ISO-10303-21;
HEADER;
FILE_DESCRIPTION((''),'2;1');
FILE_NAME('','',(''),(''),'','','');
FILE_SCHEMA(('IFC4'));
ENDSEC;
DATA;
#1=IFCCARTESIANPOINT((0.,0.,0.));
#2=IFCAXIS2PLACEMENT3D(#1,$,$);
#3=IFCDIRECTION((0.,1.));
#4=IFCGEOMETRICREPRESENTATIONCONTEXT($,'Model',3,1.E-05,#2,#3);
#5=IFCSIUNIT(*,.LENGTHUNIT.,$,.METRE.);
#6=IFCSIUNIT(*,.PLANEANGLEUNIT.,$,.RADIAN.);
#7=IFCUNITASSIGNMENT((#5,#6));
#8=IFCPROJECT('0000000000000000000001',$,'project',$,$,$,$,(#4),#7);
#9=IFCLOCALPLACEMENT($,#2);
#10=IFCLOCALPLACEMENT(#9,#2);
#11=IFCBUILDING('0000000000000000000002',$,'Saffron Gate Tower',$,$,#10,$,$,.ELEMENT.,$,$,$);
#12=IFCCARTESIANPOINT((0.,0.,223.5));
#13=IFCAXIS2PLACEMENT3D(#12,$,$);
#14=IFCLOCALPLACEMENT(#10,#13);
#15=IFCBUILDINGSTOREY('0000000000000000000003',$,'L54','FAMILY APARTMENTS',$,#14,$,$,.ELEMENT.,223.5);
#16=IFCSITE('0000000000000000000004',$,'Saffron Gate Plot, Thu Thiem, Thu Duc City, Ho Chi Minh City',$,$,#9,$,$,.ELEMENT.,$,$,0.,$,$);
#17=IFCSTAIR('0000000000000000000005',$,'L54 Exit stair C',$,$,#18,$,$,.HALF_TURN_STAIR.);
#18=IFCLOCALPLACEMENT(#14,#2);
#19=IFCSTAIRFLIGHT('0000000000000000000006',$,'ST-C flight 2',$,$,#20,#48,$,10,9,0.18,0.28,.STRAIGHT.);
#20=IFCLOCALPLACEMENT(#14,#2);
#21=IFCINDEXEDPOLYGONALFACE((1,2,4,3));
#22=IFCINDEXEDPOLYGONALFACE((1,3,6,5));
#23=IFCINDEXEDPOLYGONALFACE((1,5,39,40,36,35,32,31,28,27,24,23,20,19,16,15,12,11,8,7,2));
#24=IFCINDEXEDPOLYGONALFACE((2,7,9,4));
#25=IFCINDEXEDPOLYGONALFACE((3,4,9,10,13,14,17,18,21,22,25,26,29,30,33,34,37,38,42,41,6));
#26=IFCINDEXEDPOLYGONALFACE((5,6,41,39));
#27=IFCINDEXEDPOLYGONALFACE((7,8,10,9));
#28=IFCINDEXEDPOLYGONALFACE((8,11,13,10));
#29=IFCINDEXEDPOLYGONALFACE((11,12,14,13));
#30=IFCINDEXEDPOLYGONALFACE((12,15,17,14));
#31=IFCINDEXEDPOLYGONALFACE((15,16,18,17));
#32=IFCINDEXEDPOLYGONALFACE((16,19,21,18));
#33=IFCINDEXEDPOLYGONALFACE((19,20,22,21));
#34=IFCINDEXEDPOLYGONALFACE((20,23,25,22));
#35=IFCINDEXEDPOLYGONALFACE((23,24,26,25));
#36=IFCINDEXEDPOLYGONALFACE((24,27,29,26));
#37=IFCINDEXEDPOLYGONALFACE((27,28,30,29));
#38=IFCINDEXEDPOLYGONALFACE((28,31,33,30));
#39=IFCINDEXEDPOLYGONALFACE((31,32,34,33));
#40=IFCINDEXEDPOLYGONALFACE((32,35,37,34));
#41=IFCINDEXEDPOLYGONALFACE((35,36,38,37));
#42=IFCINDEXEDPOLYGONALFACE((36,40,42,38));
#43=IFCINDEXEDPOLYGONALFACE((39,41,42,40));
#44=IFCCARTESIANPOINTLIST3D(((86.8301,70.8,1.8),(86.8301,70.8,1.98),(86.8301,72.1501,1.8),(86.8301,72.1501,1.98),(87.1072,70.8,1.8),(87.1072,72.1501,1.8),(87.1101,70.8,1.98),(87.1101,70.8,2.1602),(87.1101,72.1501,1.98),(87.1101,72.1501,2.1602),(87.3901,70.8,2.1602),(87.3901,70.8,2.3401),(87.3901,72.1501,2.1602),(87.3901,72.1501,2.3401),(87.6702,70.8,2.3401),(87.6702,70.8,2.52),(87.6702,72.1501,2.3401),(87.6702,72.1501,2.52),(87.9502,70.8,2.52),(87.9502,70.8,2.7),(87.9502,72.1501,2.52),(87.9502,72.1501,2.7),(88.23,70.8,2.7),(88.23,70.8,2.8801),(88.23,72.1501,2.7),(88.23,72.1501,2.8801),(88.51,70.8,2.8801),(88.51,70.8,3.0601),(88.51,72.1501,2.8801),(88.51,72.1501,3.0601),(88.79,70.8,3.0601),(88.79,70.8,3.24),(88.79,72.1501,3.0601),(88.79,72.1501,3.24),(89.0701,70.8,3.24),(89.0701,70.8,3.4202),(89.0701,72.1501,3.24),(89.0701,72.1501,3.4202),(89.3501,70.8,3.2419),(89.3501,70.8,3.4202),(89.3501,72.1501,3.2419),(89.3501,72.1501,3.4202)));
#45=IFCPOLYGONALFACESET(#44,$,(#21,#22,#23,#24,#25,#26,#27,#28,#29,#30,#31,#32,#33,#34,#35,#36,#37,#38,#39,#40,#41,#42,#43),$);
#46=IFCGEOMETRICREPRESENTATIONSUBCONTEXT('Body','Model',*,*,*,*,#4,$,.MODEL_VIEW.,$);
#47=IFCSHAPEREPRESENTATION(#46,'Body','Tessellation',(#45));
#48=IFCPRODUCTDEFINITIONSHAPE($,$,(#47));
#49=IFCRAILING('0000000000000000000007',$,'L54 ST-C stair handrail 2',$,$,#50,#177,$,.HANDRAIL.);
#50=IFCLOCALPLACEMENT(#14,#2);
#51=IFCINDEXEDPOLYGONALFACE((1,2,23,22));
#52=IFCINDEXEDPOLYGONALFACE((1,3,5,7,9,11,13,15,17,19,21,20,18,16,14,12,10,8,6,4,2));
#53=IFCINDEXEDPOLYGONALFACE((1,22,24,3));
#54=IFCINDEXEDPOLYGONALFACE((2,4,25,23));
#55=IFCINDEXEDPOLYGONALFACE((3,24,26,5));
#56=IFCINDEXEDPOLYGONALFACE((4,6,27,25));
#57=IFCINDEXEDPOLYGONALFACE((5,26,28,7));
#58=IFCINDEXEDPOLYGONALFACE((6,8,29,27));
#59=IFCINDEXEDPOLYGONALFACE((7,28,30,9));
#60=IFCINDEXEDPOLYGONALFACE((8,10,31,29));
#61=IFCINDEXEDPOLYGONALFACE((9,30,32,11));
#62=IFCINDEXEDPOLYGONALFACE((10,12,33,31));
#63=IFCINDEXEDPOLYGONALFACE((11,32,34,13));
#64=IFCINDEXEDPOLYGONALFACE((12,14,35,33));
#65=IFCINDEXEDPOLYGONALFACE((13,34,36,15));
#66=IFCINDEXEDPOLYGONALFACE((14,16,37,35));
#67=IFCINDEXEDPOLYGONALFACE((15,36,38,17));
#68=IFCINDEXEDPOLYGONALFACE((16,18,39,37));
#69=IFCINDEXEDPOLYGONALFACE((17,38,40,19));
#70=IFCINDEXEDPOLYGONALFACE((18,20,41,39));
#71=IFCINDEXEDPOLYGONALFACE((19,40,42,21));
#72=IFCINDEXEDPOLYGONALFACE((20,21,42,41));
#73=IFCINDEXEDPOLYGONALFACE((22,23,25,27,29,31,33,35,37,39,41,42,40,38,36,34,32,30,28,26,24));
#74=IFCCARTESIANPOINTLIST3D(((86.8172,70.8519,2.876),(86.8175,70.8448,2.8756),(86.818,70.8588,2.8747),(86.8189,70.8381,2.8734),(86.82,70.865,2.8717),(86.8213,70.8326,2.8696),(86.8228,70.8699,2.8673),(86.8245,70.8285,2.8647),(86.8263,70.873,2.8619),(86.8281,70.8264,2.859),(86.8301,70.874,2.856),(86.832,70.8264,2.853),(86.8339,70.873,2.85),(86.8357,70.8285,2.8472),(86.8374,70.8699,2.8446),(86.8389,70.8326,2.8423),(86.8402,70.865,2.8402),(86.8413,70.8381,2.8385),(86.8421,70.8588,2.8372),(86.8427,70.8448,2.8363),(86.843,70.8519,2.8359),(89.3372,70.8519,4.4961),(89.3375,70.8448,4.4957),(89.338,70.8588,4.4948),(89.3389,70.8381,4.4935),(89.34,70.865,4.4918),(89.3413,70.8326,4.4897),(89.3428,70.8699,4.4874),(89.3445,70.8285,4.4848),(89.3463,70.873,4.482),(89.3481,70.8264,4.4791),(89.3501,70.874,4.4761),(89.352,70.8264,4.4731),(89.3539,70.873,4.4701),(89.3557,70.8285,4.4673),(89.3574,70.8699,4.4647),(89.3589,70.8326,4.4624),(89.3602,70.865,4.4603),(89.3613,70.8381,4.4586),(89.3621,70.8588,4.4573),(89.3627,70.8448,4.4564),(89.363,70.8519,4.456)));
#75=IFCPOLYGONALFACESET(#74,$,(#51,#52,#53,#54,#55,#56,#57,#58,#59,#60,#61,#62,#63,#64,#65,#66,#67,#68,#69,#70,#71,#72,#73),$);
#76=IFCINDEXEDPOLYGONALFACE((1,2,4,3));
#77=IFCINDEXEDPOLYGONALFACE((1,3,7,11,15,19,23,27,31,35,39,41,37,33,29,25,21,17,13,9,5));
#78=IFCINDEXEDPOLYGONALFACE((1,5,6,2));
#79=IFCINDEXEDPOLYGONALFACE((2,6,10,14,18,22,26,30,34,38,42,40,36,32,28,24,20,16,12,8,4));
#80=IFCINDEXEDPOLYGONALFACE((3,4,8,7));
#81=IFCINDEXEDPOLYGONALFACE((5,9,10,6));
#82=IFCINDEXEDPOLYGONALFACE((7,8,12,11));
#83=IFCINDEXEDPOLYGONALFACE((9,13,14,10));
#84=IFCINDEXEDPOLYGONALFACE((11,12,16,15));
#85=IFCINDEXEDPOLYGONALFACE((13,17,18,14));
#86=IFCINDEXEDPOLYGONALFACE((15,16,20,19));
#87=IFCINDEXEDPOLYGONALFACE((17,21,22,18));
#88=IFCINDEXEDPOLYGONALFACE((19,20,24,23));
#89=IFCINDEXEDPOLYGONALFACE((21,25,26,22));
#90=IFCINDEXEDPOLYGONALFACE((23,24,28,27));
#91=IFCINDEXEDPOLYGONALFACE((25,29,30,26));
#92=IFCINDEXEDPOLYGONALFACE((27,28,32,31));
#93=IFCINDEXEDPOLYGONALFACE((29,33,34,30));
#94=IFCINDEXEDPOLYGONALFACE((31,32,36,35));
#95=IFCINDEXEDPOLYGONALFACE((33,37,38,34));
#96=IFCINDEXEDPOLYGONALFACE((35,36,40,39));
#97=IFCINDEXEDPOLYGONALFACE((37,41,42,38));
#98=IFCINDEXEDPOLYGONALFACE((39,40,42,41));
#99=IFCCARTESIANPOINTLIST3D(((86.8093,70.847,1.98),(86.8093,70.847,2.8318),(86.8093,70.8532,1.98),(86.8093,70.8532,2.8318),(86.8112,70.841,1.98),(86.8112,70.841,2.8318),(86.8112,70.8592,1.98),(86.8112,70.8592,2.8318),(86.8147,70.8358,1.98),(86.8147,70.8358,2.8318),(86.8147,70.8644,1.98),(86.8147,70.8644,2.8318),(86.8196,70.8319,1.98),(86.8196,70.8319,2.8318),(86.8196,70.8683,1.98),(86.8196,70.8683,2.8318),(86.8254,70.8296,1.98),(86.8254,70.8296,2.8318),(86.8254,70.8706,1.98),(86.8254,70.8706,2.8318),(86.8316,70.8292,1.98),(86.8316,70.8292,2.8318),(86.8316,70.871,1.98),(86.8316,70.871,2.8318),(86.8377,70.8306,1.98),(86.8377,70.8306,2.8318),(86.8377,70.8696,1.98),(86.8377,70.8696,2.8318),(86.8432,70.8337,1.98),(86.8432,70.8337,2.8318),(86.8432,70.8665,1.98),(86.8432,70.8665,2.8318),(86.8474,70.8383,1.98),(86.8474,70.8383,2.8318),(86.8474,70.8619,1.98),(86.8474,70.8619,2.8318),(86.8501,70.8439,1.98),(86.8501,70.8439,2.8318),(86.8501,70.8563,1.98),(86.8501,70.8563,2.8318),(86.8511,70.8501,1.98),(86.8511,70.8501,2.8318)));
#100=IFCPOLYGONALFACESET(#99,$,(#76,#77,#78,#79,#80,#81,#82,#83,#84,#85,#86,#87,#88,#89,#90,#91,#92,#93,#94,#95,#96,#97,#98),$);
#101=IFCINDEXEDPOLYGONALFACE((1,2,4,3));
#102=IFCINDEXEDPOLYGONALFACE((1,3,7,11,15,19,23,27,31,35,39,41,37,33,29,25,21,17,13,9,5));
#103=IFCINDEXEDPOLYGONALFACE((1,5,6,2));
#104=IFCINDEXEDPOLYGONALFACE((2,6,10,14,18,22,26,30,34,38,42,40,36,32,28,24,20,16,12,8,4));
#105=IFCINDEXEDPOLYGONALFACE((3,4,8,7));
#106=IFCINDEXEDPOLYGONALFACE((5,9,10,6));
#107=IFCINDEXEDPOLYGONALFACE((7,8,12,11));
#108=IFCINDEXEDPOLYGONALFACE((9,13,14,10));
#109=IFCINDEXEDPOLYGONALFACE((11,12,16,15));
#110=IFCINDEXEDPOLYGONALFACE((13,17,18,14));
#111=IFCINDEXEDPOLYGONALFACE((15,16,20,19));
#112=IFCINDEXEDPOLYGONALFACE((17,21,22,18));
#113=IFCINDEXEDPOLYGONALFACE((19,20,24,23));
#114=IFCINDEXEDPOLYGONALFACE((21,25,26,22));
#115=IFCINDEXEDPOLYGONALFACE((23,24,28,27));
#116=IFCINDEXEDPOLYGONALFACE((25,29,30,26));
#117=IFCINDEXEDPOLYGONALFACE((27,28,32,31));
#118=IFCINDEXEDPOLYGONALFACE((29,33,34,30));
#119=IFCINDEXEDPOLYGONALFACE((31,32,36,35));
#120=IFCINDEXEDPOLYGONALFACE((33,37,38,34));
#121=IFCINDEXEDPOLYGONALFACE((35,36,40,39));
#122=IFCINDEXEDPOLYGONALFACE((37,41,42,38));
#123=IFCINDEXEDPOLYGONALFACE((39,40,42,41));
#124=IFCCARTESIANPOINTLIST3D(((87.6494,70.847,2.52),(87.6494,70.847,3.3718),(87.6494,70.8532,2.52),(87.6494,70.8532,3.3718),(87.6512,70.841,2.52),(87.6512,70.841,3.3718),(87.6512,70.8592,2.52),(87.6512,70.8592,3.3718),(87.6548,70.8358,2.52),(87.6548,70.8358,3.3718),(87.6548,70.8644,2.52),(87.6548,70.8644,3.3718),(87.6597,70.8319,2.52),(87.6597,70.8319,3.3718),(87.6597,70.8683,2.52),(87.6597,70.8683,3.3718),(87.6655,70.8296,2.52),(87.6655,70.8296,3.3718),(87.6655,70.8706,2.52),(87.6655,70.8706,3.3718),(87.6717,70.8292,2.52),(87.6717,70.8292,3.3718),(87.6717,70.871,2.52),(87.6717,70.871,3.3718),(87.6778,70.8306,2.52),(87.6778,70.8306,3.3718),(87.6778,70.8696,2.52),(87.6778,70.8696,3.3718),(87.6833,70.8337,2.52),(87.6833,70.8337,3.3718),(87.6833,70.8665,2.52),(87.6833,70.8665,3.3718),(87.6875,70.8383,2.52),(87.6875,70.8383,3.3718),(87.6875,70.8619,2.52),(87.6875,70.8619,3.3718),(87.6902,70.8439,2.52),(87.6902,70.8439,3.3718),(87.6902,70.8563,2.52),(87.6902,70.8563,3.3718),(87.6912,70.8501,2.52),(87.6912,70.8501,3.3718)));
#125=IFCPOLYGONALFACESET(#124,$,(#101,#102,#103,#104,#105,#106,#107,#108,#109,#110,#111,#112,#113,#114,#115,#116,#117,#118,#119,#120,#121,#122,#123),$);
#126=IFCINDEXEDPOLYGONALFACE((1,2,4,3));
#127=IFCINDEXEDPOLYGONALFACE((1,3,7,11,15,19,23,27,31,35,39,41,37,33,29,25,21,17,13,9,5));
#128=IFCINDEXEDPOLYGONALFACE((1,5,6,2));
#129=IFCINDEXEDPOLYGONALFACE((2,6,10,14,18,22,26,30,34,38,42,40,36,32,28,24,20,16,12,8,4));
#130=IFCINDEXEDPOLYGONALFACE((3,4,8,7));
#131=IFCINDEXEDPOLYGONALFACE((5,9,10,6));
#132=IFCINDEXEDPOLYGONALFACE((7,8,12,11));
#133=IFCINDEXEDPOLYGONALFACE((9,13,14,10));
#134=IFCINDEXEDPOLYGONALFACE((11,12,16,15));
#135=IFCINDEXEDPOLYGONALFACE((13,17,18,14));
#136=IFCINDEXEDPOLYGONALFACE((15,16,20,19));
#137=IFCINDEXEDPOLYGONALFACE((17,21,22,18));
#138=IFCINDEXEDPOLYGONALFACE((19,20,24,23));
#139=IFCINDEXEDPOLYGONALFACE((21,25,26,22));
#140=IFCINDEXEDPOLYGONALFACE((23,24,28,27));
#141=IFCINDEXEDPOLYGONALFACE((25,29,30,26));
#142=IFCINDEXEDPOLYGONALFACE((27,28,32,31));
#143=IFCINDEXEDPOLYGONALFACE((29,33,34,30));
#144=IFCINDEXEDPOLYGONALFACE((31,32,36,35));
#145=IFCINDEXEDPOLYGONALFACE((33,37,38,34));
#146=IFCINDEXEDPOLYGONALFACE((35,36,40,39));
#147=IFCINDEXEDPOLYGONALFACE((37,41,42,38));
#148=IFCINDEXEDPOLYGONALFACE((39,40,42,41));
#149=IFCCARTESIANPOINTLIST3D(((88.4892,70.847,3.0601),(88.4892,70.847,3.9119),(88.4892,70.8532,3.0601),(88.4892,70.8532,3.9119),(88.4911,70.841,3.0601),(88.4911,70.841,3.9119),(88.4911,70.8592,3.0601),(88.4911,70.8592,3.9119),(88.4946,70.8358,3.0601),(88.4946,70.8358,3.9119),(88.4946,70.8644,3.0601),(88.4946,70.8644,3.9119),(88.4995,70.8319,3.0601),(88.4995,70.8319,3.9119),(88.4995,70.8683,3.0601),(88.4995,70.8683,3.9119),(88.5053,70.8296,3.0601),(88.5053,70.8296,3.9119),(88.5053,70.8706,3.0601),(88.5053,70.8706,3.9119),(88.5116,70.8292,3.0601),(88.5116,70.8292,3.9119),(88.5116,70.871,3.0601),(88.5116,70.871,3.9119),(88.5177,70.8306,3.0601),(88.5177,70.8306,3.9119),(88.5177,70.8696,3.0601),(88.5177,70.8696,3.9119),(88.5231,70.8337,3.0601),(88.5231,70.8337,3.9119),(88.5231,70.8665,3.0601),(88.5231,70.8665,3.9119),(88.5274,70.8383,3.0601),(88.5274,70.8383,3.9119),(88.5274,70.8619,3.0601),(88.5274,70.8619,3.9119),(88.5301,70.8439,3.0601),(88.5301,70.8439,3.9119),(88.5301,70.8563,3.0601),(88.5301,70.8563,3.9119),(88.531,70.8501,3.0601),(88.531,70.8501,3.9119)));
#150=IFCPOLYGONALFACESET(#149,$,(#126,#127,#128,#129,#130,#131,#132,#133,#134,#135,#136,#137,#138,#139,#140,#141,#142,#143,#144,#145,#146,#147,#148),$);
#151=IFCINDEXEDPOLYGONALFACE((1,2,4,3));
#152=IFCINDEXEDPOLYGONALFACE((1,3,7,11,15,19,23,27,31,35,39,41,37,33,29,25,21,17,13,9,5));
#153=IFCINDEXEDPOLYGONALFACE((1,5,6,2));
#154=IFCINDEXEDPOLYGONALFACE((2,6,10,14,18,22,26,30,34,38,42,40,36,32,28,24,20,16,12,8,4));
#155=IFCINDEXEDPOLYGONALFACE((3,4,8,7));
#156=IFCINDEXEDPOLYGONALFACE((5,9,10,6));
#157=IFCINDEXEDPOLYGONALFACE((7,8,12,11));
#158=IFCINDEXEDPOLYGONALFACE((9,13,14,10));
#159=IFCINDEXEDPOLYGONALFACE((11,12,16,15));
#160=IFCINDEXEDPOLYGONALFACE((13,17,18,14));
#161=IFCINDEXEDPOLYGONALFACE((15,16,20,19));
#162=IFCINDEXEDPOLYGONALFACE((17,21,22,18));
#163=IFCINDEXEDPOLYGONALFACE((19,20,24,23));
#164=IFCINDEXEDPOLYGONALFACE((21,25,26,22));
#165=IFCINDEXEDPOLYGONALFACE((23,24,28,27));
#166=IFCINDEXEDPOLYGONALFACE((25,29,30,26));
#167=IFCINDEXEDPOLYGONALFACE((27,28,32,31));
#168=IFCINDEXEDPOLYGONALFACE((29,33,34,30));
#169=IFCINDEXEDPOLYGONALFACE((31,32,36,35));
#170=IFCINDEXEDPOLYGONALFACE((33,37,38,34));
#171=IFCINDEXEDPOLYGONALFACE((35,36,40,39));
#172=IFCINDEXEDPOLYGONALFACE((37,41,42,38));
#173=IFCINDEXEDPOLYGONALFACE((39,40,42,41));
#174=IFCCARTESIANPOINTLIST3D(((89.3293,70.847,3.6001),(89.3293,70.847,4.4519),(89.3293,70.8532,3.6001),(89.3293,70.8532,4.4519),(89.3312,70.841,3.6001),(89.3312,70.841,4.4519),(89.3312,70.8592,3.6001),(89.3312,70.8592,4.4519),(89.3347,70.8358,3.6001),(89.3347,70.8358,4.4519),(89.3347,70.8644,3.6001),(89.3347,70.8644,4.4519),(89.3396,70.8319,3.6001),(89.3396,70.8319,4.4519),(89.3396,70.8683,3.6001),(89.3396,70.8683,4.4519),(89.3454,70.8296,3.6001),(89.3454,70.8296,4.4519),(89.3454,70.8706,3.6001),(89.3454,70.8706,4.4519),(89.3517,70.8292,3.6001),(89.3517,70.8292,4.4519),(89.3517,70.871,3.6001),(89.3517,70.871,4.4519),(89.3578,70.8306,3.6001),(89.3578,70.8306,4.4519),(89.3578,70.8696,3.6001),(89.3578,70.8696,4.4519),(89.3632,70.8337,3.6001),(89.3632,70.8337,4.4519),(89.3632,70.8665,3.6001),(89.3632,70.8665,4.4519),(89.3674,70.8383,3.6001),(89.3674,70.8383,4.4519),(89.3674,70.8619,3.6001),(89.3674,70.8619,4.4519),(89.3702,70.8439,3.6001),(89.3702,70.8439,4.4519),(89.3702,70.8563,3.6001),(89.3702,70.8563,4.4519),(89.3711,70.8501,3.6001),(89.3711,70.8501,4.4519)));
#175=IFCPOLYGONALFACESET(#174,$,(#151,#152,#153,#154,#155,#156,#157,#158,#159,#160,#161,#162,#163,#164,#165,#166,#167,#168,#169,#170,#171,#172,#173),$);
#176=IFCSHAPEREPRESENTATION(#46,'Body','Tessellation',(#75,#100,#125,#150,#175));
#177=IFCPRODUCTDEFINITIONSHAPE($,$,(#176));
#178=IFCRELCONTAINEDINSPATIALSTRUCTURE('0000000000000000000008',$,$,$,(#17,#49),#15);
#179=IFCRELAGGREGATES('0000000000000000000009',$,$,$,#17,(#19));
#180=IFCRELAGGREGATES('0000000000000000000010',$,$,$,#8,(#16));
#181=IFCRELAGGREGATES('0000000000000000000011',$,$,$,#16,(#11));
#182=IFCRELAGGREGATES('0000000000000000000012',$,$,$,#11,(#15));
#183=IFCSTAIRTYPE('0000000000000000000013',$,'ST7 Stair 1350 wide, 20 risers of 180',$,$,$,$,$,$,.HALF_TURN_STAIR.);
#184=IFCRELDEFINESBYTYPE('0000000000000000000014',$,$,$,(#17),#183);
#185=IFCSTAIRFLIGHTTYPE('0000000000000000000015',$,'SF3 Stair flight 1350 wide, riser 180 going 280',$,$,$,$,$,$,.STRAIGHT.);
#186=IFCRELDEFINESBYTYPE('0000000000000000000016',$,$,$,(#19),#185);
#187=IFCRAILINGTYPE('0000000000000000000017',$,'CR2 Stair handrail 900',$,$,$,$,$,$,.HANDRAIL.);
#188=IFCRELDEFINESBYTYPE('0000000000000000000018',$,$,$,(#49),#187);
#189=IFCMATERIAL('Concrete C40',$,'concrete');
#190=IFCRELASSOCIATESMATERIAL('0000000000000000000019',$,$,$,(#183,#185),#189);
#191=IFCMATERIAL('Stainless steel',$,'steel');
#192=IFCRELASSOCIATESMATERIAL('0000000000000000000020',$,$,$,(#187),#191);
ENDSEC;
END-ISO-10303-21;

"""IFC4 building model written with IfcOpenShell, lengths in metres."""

from ifc_helpers import new_model, si_unit, direction, frame, origin, origin_2d, place, context, subcontext, project, spatial, polyline, circle, outline, extrude, material, type_object, element, aggregate, save


model = new_model("IFC4")

# Units and contexts
model_context = context("Model", 3, precision=1e-05, world=origin(), true_north=direction((0.0, 1.0)))
body_context = subcontext(model_context, "Body", "Model", "MODEL_VIEW")
ifc_project = project(units=[si_unit("LENGTHUNIT", "METRE"), si_unit("PLANEANGLEUNIT", "RADIAN")], contexts=[model_context])

# Site, building, storey
site_placement = place(None, origin())
site = spatial("IfcSite", under=ifc_project, at=site_placement, Name="Saffron Gate Plot, Thu Thiem, Thu Duc City, Ho Chi Minh City", CompositionType="ELEMENT", RefElevation=0.0)
building_placement = place(site_placement, origin())
building = spatial("IfcBuilding", under=site, at=building_placement, Name="Saffron Gate Tower", CompositionType="ELEMENT")
storey_placement = place(building_placement, frame((0.0, 0.0, 223.5)))
storey = spatial("IfcBuildingStorey", under=building, at=storey_placement, Name="L54", Description="FAMILY APARTMENTS", CompositionType="ELEMENT", Elevation=223.5)

# Stair, stair flight
ifc_material_1 = material(Name="Concrete C40", Category="concrete")
stair_type = type_object("IfcStairType", Name="ST7 Stair 1350 wide, 20 risers of 180", PredefinedType="HALF_TURN_STAIR", material=ifc_material_1)
stair_placement = place(storey_placement, origin())
stair = element("IfcStair", 1, at=stair_placement, inside=storey, type_object=stair_type, Name="L54 Exit stair C", PredefinedType="HALF_TURN_STAIR")
stair_flight_type = type_object("IfcStairFlightType", Name="SF3 Stair flight 1350 wide, riser 180 going 280", PredefinedType="STRAIGHT", material=ifc_material_1)
stair_flight_placement = place(storey_placement, frame((86.8301, 71.4751, 1.8), z_axis=(0.0, 0.0, 1.0), x_axis=(1.0, 0.0, 0.0)))
stair_flight = element("IfcStairFlight", 2, at=stair_flight_placement, type_object=stair_flight_type, Name="ST-C flight 2", NumberOfRisers=10, NumberOfTreads=9, PredefinedType="STRAIGHT", RiserHeight=0.18, TreadLength=0.28, context=body_context, shape_type="SweptSolid", body=[
    extrude(outline(polyline([(0.0, 0.0), (0.0, 0.1799), (0.28, 0.1799), (0.28, 0.3601), (0.5601, 0.3601), (0.5601, 0.54), (0.8401, 0.54), (0.8401, 0.72), (1.1201, 0.72), (1.1201, 0.8999), (1.3999, 0.8999), (1.3999, 1.0801), (1.6799, 1.0801), (1.6799, 1.26), (1.96, 1.26), (1.96, 1.4399), (2.24, 1.4399), (2.24, 1.6201), (2.52, 1.6201), (2.52, 1.8), (2.52, 1.4419), (0.2771, 0.0), (0.0, 0.0)])), frame((0.0, 0.675, 0.0), z_axis=(0.0, -1.0, 0.0), x_axis=(1.0, 0.0, 0.0)), (0.0, 0.0, 1.0), 1.3501),
])
aggregate(stair, [stair_flight])

# Railing
ifc_material_2 = material(Name="Stainless steel", Category="steel")
railing_type = type_object("IfcRailingType", Name="CR2 Stair handrail 900", PredefinedType="HANDRAIL", material=ifc_material_2)
railing_placement = place(storey_placement, frame((86.8301, 70.8501, 1.98)))
element("IfcRailing", 3, at=railing_placement, inside=storey, type_object=railing_type, Name="L54 ST-C stair handrail 2", PredefinedType="HANDRAIL", context=body_context, shape_type="SweptSolid", body=[
    extrude(circle(Radius=0.0239, at=origin_2d()), frame((0.0, 0.0, 0.876), z_axis=(0.841163, 0.0, 0.540782), x_axis=(0.0, 1.0, 0.0)), (0.0, 0.0, 1.0), 2.9958),
    extrude(circle(Radius=0.021, at=origin_2d()), origin(), (0.0, 0.0, 1.0), 0.8518),
    extrude(circle(Radius=0.021, at=origin_2d()), frame((0.8401, 0.0, 0.54)), (0.0, 0.0, 1.0), 0.8518),
    extrude(circle(Radius=0.021, at=origin_2d()), frame((1.6799, 0.0, 1.0801)), (0.0, 0.0, 1.0), 0.8518),
    extrude(circle(Radius=0.021, at=origin_2d()), frame((2.52, 0.0, 1.6201)), (0.0, 0.0, 1.0), 0.8518),
])

save(model, "model.ifc")
